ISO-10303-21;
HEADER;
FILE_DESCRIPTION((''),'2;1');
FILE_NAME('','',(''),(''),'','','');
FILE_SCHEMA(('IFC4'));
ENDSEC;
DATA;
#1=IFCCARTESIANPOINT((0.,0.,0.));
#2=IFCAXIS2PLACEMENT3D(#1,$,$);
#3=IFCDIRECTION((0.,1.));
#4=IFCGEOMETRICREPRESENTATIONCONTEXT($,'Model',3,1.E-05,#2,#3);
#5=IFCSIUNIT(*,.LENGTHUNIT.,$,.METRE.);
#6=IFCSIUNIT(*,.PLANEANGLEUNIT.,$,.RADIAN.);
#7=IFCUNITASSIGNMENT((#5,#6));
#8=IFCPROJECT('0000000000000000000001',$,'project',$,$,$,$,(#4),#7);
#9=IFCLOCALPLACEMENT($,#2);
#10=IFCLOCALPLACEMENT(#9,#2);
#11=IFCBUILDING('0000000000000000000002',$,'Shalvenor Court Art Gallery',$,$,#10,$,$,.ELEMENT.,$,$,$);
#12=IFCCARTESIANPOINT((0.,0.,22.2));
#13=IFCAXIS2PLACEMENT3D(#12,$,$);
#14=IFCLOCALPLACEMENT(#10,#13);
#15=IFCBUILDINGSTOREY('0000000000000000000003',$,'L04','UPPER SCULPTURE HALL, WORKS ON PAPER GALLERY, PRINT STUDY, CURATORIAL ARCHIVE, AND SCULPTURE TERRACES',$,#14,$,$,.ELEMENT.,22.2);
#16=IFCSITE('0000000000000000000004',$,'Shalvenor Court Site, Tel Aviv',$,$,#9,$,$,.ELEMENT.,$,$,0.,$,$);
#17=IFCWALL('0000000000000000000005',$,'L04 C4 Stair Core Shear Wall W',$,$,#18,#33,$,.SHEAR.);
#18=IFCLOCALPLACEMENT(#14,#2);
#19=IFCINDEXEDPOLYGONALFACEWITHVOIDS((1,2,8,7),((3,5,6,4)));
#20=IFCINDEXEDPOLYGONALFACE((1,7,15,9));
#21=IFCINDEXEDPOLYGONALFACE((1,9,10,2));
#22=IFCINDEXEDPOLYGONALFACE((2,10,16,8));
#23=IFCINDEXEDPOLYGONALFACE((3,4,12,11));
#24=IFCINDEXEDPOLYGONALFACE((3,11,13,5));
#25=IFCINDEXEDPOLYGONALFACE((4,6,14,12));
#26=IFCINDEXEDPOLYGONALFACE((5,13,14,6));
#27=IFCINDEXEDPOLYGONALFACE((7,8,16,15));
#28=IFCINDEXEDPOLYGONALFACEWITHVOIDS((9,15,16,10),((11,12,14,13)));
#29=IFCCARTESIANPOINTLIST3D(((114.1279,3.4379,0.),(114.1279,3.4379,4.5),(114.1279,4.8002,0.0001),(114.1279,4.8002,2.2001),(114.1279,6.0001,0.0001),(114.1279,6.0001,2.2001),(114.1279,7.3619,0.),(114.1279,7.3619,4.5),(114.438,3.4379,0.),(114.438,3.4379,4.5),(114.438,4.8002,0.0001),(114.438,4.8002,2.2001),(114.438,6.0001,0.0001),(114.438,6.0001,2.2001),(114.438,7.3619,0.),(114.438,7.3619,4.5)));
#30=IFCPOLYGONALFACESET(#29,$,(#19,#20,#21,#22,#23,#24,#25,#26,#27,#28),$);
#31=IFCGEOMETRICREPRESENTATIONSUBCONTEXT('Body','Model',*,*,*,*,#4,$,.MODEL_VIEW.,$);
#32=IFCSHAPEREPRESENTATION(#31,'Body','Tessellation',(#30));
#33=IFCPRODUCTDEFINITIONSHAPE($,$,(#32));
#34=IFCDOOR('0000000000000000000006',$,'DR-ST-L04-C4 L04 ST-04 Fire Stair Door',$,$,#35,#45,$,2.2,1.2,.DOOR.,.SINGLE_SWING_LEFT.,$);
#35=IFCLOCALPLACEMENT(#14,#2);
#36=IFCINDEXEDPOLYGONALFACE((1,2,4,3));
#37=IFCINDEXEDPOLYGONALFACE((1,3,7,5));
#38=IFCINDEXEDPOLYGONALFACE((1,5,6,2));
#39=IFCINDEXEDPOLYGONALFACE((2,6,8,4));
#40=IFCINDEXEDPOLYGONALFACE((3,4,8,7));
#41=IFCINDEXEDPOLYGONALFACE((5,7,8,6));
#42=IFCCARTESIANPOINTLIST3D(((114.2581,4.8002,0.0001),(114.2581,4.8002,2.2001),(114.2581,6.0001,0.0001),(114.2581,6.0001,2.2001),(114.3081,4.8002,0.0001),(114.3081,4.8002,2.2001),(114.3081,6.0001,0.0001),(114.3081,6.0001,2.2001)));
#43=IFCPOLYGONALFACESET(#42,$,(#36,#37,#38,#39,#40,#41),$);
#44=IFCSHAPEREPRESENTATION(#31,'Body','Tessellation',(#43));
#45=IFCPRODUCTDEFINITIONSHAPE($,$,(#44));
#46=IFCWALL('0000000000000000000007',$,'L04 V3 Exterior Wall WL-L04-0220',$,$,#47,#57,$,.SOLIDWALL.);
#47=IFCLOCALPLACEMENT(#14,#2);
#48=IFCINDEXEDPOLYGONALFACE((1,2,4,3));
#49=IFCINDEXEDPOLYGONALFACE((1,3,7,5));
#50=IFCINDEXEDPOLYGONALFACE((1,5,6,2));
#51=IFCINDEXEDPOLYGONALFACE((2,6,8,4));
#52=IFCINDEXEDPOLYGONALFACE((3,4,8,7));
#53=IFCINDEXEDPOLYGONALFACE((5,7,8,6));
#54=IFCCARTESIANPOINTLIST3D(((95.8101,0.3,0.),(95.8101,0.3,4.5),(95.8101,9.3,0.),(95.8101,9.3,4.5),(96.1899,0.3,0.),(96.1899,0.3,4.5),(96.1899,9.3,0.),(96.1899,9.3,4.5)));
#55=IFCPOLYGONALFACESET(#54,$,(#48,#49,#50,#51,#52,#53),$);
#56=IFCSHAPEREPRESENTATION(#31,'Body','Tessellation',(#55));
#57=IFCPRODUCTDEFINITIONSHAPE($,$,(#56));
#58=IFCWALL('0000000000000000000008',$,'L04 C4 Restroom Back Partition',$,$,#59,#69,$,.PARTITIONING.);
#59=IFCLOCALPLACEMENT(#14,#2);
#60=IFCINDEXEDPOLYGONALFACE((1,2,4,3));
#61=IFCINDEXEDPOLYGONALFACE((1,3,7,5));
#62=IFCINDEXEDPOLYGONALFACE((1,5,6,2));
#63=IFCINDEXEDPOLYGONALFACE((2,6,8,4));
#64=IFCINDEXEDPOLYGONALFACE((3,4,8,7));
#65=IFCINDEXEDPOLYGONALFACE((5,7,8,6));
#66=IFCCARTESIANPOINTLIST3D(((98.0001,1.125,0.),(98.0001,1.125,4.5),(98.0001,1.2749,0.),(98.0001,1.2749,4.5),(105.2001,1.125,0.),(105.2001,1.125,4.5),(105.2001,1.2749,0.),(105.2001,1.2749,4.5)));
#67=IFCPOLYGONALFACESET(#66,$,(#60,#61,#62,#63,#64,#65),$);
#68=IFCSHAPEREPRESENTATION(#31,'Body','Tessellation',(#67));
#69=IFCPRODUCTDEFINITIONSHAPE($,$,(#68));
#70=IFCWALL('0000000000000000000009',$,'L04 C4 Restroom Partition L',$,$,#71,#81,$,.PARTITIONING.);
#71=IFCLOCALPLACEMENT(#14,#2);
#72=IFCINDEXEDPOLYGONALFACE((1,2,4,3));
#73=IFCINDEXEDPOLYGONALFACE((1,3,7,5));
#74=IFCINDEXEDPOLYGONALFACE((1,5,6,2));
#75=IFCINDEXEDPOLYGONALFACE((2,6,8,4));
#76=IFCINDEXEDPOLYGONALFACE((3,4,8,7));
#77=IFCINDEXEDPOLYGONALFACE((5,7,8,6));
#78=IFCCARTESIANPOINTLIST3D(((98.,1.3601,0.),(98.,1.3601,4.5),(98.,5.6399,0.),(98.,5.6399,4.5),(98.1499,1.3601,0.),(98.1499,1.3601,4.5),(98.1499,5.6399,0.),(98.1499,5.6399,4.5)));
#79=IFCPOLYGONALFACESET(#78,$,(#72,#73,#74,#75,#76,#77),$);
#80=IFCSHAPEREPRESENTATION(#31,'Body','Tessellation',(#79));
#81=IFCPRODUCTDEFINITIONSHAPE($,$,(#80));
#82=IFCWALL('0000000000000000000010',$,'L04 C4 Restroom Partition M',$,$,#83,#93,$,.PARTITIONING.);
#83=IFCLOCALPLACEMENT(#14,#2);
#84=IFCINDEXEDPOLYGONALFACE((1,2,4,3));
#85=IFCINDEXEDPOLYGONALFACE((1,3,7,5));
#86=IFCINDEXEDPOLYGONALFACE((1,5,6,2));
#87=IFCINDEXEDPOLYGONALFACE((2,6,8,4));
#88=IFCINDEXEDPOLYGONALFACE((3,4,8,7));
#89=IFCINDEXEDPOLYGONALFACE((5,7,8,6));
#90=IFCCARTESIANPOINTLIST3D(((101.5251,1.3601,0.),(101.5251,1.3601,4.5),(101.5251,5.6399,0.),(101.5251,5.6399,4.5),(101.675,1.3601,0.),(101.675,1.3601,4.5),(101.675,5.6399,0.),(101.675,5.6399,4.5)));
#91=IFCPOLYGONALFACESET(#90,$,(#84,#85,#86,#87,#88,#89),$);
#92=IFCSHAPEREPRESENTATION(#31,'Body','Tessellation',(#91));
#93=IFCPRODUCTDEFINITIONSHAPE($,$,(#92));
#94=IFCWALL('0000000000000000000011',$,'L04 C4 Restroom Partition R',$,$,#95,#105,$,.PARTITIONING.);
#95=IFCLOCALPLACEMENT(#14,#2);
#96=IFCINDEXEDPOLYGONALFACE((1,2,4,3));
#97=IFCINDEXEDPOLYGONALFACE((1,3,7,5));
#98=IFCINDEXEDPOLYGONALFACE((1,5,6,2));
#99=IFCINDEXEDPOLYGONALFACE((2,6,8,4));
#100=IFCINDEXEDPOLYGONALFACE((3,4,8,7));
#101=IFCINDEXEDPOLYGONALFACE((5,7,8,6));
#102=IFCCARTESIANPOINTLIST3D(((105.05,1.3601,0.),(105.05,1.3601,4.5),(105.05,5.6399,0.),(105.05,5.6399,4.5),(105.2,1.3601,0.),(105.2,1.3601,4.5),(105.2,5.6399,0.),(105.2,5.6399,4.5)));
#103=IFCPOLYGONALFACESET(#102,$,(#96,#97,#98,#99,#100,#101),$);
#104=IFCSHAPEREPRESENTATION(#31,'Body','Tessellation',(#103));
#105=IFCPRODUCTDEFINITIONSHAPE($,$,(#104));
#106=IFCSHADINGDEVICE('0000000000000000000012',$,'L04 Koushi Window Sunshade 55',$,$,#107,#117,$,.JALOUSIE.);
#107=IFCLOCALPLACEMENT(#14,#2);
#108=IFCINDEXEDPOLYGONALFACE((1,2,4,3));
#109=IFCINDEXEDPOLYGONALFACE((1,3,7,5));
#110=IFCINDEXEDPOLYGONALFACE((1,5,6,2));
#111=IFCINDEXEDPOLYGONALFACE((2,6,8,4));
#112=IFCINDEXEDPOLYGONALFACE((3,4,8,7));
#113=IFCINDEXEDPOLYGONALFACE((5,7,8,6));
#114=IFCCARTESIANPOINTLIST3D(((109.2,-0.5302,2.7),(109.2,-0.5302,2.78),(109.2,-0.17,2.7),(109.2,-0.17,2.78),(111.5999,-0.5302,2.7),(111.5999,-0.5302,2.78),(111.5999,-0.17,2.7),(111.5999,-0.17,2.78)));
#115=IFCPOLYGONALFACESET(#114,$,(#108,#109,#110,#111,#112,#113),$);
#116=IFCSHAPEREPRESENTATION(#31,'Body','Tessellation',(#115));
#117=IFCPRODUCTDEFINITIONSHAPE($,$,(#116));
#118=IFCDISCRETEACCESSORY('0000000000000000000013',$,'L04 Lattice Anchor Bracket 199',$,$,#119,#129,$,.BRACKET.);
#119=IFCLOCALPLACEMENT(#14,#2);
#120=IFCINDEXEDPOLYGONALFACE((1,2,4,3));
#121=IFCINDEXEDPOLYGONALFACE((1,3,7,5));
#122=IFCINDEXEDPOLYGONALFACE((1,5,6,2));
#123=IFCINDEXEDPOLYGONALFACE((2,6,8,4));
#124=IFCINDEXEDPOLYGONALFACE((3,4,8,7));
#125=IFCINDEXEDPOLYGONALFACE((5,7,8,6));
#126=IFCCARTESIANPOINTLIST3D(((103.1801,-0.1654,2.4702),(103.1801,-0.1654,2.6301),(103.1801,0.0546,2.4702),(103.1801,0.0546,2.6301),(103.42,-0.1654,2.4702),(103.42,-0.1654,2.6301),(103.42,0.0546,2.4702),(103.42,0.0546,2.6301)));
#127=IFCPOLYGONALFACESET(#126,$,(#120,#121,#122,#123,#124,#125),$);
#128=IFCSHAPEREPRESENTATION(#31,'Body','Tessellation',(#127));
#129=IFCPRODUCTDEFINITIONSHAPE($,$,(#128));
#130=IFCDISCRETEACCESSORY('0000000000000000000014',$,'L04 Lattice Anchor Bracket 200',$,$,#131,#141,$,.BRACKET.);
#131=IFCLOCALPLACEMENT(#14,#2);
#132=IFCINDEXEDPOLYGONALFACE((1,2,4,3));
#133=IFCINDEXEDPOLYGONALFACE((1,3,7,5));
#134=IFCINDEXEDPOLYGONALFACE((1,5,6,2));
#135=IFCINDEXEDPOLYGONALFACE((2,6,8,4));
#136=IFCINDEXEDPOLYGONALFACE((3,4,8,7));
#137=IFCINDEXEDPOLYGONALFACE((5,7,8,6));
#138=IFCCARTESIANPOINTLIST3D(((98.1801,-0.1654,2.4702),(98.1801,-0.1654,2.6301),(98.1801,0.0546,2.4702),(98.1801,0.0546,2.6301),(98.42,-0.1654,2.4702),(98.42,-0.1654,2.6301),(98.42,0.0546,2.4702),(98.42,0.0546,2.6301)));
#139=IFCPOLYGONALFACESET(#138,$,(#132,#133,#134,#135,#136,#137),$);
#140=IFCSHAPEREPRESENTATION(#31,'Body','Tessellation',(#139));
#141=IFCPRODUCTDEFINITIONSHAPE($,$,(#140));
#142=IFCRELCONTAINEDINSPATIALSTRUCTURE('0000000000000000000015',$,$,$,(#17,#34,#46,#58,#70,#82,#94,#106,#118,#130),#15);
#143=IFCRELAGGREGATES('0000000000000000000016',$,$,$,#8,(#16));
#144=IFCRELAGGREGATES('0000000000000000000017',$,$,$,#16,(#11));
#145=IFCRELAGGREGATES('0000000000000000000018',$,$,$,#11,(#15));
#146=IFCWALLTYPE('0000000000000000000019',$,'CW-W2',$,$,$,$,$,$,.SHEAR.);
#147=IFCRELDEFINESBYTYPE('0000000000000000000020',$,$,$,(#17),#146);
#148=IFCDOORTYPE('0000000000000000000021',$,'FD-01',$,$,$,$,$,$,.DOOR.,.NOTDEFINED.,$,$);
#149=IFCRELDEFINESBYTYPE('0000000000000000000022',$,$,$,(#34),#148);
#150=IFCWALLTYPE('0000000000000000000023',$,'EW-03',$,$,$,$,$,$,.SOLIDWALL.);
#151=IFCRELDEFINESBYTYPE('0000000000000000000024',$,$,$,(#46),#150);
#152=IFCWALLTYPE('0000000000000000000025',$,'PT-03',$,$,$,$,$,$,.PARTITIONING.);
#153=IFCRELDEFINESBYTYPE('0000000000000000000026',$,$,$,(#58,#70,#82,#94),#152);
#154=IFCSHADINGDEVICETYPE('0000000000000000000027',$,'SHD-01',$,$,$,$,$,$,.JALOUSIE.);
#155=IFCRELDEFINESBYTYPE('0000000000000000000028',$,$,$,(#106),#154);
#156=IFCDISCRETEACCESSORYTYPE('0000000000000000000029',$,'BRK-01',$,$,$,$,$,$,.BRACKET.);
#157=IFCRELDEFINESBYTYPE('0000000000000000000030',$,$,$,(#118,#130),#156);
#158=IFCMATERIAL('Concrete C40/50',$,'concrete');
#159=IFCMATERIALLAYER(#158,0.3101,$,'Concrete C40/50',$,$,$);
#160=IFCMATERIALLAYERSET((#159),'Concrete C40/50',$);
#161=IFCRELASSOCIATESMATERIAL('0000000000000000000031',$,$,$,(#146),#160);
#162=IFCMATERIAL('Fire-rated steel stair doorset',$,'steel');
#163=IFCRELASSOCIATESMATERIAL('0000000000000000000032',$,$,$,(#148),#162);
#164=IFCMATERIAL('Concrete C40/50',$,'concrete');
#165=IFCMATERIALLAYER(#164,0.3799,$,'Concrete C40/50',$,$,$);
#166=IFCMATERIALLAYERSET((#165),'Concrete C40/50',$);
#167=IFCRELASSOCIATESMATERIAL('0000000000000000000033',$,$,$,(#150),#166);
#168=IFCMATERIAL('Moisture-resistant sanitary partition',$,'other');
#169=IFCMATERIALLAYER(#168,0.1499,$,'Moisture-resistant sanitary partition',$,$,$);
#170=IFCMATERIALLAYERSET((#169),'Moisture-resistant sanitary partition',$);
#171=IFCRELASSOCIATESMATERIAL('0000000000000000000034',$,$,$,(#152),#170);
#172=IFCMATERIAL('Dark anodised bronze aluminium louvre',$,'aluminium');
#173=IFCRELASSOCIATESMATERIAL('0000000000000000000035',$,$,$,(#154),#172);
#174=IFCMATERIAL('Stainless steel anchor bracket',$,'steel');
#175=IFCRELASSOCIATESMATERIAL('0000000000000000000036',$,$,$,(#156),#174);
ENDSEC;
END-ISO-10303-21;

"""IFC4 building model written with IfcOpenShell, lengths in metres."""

from ifc_helpers import new_model, si_unit, direction, frame, frame_2d, origin, origin_2d, place, context, subcontext, project, spatial, rectangle, extrude, material, layer, layer_set, type_object, element, fill, save


model = new_model("IFC4")

# Units and contexts
model_context = context("Model", 3, precision=1e-05, world=origin(), true_north=direction((0.0, 1.0)))
body_context = subcontext(model_context, "Body", "Model", "MODEL_VIEW")
ifc_project = project(units=[si_unit("LENGTHUNIT", "METRE"), si_unit("PLANEANGLEUNIT", "RADIAN")], contexts=[model_context])

# Site, building, storey
site_placement = place(None, origin())
site = spatial("IfcSite", under=ifc_project, at=site_placement, Name="Shalvenor Court Site, Tel Aviv", CompositionType="ELEMENT", RefElevation=0.0)
building_placement = place(site_placement, origin())
building = spatial("IfcBuilding", under=site, at=building_placement, Name="Shalvenor Court Art Gallery", CompositionType="ELEMENT")
storey_placement = place(building_placement, frame((0.0, 0.0, 22.2)))
storey = spatial("IfcBuildingStorey", under=building, at=storey_placement, Name="L04", Description="UPPER SCULPTURE HALL, WORKS ON PAPER GALLERY, PRINT STUDY, CURATORIAL ARCHIVE, AND SCULPTURE TERRACES", CompositionType="ELEMENT", Elevation=22.2)

# Wall, opening, door
ifc_material_1 = material(Name="Concrete C40/50", Category="concrete")
ifc_layer_1 = layer(ifc_material_1, 0.3101, Name="Concrete C40/50")
ifc_layer_set_1 = layer_set([ifc_layer_1], Name="Concrete C40/50")
wall_type_1 = type_object("IfcWallType", Name="CW-W2", PredefinedType="SHEAR", material=ifc_layer_set_1)
wall_1_placement = place(storey_placement, frame((114.283, 3.438, 0.0), z_axis=(0.0, 0.0, 1.0), x_axis=(0.0, 1.0, 0.0)))
wall_1 = element("IfcWall", 1, at=wall_1_placement, inside=storey, type_object=wall_type_1, Name="L04 C4 Stair Core Shear Wall W", PredefinedType="SHEAR", context=body_context, shape_type="SweptSolid", body=[
    extrude(rectangle(XDim=3.9241, YDim=0.3101, at=frame_2d((1.9619, 0.0))), origin(), (0.0, 0.0, 1.0), 4.5),
])
opening_placement = place(wall_1_placement, frame((1.3621, 0.0, 0.0)))
opening = element("IfcOpeningElement", 2, at=opening_placement, cuts=wall_1, PredefinedType="OPENING", context=body_context, shape_type="SweptSolid", body=[
    extrude(rectangle(XDim=1.2, YDim=2.2, at=frame_2d((0.6001, 1.1001))), frame((0.0, 0.165, 0.0), z_axis=(0.0, -1.0, 0.0), x_axis=(1.0, 0.0, 0.0)), (0.0, 0.0, 1.0), 0.3301),
])
ifc_material_2 = material(Name="Fire-rated steel stair doorset", Category="steel")
door_type = type_object("IfcDoorType", Name="FD-01", OperationType="NOTDEFINED", PredefinedType="DOOR", material=ifc_material_2)
door_placement = place(opening_placement, origin())
door = element("IfcDoor", 3, at=door_placement, inside=storey, type_object=door_type, Name="DR-ST-L04-C4 L04 ST-04 Fire Stair Door", OperationType="SINGLE_SWING_LEFT", OverallHeight=2.2, OverallWidth=1.2, PredefinedType="DOOR", context=body_context, shape_type="SweptSolid", body=[
    extrude(rectangle(XDim=1.2, YDim=2.2, at=frame_2d((0.6001, 1.1001))), frame((0.0, 0.0249, 0.0), z_axis=(0.0, -1.0, 0.0), x_axis=(1.0, 0.0, 0.0)), (0.0, 0.0, 1.0), 0.05),
])
fill(opening, door)

# Walls
ifc_material_3 = material(Name="Concrete C40/50", Category="concrete")
ifc_layer_2 = layer(ifc_material_3, 0.3799, Name="Concrete C40/50")
ifc_layer_set_2 = layer_set([ifc_layer_2], Name="Concrete C40/50")
wall_type_2 = type_object("IfcWallType", Name="EW-03", PredefinedType="SOLIDWALL", material=ifc_layer_set_2)
wall_2_placement = place(storey_placement, frame((96.0, 0.3, 0.0), z_axis=(0.0, 0.0, 1.0), x_axis=(0.0, 1.0, 0.0)))
element("IfcWall", 4, at=wall_2_placement, inside=storey, type_object=wall_type_2, Name="L04 V3 Exterior Wall WL-L04-0220", PredefinedType="SOLIDWALL", context=body_context, shape_type="SweptSolid", body=[
    extrude(rectangle(XDim=9.0, YDim=0.3799, at=frame_2d((4.5, 0.0))), origin(), (0.0, 0.0, 1.0), 4.5),
])
ifc_material_4 = material(Name="Moisture-resistant sanitary partition", Category="other")
ifc_layer_3 = layer(ifc_material_4, 0.1499, Name="Moisture-resistant sanitary partition")
ifc_layer_set_3 = layer_set([ifc_layer_3], Name="Moisture-resistant sanitary partition")
wall_type_3 = type_object("IfcWallType", Name="PT-03", PredefinedType="PARTITIONING", material=ifc_layer_set_3)
wall_3_placement = place(storey_placement, frame((98.0, 1.2, 0.0), z_axis=(0.0, 0.0, 1.0), x_axis=(1.0, 0.0, 0.0)))
element("IfcWall", 5, at=wall_3_placement, inside=storey, type_object=wall_type_3, Name="L04 C4 Restroom Back Partition", PredefinedType="PARTITIONING", context=body_context, shape_type="SweptSolid", body=[
    extrude(rectangle(XDim=7.2, YDim=0.1499, at=frame_2d((3.6001, 0.0))), origin(), (0.0, 0.0, 1.0), 4.5),
])
for number, where, z_axis, x_axis, name in (
    (6, (98.075, 1.3601, 0.0), (0.0, 0.0, 1.0), (0.0, 1.0, 0.0), "L04 C4 Restroom Partition L"),
    (7, (101.6001, 1.3601, 0.0), (0.0, 0.0, 1.0), (0.0, 1.0, 0.0), "L04 C4 Restroom Partition M"),
    (8, (105.125, 1.3601, 0.0), (0.0, 0.0, 1.0), (0.0, 1.0, 0.0), "L04 C4 Restroom Partition R"),
):
    element("IfcWall", number, at=place(storey_placement, frame(where, z_axis=z_axis, x_axis=x_axis)), inside=storey, type_object=wall_type_3, Name=name, PredefinedType="PARTITIONING", context=body_context, shape_type="SweptSolid", body=[
        extrude(rectangle(XDim=4.2798, YDim=0.1499, at=frame_2d((2.1399, 0.0))), origin(), (0.0, 0.0, 1.0), 4.5),
    ])

# Shading device
ifc_material_5 = material(Name="Dark anodised bronze aluminium louvre", Category="aluminium")
shading_device_type = type_object("IfcShadingDeviceType", Name="SHD-01", PredefinedType="JALOUSIE", material=ifc_material_5)
shading_device_placement = place(storey_placement, frame((110.3999, -0.3501, 2.7), z_axis=(0.0, 0.0, 1.0), x_axis=(-1.0, 0.0, 0.0)))
element("IfcShadingDevice", 9, at=shading_device_placement, inside=storey, type_object=shading_device_type, Name="L04 Koushi Window Sunshade 55", PredefinedType="JALOUSIE", context=body_context, shape_type="SweptSolid", body=[
    extrude(rectangle(XDim=2.3999, YDim=0.3601, at=origin_2d()), origin(), (0.0, 0.0, 1.0), 0.0801),
])

# Discrete accessories
ifc_material_6 = material(Name="Stainless steel anchor bracket", Category="steel")
discrete_accessory_type = type_object("IfcDiscreteAccessoryType", Name="BRK-01", PredefinedType="BRACKET", material=ifc_material_6)
for number, where, z_axis, x_axis, name in (
    (10, (103.3, -0.0554, 2.4702), (0.0, 0.0, 1.0), (-1.0, 0.0, 0.0), "L04 Lattice Anchor Bracket 199"),
    (11, (98.3, -0.0554, 2.4702), (0.0, 0.0, 1.0), (-1.0, 0.0, 0.0), "L04 Lattice Anchor Bracket 200"),
):
    element("IfcDiscreteAccessory", number, at=place(storey_placement, frame(where, z_axis=z_axis, x_axis=x_axis)), inside=storey, type_object=discrete_accessory_type, Name=name, PredefinedType="BRACKET", context=body_context, shape_type="SweptSolid", body=[
        extrude(rectangle(XDim=0.24, YDim=0.22, at=origin_2d()), origin(), (0.0, 0.0, 1.0), 0.1599),
    ])

save(model, "model.ifc")
